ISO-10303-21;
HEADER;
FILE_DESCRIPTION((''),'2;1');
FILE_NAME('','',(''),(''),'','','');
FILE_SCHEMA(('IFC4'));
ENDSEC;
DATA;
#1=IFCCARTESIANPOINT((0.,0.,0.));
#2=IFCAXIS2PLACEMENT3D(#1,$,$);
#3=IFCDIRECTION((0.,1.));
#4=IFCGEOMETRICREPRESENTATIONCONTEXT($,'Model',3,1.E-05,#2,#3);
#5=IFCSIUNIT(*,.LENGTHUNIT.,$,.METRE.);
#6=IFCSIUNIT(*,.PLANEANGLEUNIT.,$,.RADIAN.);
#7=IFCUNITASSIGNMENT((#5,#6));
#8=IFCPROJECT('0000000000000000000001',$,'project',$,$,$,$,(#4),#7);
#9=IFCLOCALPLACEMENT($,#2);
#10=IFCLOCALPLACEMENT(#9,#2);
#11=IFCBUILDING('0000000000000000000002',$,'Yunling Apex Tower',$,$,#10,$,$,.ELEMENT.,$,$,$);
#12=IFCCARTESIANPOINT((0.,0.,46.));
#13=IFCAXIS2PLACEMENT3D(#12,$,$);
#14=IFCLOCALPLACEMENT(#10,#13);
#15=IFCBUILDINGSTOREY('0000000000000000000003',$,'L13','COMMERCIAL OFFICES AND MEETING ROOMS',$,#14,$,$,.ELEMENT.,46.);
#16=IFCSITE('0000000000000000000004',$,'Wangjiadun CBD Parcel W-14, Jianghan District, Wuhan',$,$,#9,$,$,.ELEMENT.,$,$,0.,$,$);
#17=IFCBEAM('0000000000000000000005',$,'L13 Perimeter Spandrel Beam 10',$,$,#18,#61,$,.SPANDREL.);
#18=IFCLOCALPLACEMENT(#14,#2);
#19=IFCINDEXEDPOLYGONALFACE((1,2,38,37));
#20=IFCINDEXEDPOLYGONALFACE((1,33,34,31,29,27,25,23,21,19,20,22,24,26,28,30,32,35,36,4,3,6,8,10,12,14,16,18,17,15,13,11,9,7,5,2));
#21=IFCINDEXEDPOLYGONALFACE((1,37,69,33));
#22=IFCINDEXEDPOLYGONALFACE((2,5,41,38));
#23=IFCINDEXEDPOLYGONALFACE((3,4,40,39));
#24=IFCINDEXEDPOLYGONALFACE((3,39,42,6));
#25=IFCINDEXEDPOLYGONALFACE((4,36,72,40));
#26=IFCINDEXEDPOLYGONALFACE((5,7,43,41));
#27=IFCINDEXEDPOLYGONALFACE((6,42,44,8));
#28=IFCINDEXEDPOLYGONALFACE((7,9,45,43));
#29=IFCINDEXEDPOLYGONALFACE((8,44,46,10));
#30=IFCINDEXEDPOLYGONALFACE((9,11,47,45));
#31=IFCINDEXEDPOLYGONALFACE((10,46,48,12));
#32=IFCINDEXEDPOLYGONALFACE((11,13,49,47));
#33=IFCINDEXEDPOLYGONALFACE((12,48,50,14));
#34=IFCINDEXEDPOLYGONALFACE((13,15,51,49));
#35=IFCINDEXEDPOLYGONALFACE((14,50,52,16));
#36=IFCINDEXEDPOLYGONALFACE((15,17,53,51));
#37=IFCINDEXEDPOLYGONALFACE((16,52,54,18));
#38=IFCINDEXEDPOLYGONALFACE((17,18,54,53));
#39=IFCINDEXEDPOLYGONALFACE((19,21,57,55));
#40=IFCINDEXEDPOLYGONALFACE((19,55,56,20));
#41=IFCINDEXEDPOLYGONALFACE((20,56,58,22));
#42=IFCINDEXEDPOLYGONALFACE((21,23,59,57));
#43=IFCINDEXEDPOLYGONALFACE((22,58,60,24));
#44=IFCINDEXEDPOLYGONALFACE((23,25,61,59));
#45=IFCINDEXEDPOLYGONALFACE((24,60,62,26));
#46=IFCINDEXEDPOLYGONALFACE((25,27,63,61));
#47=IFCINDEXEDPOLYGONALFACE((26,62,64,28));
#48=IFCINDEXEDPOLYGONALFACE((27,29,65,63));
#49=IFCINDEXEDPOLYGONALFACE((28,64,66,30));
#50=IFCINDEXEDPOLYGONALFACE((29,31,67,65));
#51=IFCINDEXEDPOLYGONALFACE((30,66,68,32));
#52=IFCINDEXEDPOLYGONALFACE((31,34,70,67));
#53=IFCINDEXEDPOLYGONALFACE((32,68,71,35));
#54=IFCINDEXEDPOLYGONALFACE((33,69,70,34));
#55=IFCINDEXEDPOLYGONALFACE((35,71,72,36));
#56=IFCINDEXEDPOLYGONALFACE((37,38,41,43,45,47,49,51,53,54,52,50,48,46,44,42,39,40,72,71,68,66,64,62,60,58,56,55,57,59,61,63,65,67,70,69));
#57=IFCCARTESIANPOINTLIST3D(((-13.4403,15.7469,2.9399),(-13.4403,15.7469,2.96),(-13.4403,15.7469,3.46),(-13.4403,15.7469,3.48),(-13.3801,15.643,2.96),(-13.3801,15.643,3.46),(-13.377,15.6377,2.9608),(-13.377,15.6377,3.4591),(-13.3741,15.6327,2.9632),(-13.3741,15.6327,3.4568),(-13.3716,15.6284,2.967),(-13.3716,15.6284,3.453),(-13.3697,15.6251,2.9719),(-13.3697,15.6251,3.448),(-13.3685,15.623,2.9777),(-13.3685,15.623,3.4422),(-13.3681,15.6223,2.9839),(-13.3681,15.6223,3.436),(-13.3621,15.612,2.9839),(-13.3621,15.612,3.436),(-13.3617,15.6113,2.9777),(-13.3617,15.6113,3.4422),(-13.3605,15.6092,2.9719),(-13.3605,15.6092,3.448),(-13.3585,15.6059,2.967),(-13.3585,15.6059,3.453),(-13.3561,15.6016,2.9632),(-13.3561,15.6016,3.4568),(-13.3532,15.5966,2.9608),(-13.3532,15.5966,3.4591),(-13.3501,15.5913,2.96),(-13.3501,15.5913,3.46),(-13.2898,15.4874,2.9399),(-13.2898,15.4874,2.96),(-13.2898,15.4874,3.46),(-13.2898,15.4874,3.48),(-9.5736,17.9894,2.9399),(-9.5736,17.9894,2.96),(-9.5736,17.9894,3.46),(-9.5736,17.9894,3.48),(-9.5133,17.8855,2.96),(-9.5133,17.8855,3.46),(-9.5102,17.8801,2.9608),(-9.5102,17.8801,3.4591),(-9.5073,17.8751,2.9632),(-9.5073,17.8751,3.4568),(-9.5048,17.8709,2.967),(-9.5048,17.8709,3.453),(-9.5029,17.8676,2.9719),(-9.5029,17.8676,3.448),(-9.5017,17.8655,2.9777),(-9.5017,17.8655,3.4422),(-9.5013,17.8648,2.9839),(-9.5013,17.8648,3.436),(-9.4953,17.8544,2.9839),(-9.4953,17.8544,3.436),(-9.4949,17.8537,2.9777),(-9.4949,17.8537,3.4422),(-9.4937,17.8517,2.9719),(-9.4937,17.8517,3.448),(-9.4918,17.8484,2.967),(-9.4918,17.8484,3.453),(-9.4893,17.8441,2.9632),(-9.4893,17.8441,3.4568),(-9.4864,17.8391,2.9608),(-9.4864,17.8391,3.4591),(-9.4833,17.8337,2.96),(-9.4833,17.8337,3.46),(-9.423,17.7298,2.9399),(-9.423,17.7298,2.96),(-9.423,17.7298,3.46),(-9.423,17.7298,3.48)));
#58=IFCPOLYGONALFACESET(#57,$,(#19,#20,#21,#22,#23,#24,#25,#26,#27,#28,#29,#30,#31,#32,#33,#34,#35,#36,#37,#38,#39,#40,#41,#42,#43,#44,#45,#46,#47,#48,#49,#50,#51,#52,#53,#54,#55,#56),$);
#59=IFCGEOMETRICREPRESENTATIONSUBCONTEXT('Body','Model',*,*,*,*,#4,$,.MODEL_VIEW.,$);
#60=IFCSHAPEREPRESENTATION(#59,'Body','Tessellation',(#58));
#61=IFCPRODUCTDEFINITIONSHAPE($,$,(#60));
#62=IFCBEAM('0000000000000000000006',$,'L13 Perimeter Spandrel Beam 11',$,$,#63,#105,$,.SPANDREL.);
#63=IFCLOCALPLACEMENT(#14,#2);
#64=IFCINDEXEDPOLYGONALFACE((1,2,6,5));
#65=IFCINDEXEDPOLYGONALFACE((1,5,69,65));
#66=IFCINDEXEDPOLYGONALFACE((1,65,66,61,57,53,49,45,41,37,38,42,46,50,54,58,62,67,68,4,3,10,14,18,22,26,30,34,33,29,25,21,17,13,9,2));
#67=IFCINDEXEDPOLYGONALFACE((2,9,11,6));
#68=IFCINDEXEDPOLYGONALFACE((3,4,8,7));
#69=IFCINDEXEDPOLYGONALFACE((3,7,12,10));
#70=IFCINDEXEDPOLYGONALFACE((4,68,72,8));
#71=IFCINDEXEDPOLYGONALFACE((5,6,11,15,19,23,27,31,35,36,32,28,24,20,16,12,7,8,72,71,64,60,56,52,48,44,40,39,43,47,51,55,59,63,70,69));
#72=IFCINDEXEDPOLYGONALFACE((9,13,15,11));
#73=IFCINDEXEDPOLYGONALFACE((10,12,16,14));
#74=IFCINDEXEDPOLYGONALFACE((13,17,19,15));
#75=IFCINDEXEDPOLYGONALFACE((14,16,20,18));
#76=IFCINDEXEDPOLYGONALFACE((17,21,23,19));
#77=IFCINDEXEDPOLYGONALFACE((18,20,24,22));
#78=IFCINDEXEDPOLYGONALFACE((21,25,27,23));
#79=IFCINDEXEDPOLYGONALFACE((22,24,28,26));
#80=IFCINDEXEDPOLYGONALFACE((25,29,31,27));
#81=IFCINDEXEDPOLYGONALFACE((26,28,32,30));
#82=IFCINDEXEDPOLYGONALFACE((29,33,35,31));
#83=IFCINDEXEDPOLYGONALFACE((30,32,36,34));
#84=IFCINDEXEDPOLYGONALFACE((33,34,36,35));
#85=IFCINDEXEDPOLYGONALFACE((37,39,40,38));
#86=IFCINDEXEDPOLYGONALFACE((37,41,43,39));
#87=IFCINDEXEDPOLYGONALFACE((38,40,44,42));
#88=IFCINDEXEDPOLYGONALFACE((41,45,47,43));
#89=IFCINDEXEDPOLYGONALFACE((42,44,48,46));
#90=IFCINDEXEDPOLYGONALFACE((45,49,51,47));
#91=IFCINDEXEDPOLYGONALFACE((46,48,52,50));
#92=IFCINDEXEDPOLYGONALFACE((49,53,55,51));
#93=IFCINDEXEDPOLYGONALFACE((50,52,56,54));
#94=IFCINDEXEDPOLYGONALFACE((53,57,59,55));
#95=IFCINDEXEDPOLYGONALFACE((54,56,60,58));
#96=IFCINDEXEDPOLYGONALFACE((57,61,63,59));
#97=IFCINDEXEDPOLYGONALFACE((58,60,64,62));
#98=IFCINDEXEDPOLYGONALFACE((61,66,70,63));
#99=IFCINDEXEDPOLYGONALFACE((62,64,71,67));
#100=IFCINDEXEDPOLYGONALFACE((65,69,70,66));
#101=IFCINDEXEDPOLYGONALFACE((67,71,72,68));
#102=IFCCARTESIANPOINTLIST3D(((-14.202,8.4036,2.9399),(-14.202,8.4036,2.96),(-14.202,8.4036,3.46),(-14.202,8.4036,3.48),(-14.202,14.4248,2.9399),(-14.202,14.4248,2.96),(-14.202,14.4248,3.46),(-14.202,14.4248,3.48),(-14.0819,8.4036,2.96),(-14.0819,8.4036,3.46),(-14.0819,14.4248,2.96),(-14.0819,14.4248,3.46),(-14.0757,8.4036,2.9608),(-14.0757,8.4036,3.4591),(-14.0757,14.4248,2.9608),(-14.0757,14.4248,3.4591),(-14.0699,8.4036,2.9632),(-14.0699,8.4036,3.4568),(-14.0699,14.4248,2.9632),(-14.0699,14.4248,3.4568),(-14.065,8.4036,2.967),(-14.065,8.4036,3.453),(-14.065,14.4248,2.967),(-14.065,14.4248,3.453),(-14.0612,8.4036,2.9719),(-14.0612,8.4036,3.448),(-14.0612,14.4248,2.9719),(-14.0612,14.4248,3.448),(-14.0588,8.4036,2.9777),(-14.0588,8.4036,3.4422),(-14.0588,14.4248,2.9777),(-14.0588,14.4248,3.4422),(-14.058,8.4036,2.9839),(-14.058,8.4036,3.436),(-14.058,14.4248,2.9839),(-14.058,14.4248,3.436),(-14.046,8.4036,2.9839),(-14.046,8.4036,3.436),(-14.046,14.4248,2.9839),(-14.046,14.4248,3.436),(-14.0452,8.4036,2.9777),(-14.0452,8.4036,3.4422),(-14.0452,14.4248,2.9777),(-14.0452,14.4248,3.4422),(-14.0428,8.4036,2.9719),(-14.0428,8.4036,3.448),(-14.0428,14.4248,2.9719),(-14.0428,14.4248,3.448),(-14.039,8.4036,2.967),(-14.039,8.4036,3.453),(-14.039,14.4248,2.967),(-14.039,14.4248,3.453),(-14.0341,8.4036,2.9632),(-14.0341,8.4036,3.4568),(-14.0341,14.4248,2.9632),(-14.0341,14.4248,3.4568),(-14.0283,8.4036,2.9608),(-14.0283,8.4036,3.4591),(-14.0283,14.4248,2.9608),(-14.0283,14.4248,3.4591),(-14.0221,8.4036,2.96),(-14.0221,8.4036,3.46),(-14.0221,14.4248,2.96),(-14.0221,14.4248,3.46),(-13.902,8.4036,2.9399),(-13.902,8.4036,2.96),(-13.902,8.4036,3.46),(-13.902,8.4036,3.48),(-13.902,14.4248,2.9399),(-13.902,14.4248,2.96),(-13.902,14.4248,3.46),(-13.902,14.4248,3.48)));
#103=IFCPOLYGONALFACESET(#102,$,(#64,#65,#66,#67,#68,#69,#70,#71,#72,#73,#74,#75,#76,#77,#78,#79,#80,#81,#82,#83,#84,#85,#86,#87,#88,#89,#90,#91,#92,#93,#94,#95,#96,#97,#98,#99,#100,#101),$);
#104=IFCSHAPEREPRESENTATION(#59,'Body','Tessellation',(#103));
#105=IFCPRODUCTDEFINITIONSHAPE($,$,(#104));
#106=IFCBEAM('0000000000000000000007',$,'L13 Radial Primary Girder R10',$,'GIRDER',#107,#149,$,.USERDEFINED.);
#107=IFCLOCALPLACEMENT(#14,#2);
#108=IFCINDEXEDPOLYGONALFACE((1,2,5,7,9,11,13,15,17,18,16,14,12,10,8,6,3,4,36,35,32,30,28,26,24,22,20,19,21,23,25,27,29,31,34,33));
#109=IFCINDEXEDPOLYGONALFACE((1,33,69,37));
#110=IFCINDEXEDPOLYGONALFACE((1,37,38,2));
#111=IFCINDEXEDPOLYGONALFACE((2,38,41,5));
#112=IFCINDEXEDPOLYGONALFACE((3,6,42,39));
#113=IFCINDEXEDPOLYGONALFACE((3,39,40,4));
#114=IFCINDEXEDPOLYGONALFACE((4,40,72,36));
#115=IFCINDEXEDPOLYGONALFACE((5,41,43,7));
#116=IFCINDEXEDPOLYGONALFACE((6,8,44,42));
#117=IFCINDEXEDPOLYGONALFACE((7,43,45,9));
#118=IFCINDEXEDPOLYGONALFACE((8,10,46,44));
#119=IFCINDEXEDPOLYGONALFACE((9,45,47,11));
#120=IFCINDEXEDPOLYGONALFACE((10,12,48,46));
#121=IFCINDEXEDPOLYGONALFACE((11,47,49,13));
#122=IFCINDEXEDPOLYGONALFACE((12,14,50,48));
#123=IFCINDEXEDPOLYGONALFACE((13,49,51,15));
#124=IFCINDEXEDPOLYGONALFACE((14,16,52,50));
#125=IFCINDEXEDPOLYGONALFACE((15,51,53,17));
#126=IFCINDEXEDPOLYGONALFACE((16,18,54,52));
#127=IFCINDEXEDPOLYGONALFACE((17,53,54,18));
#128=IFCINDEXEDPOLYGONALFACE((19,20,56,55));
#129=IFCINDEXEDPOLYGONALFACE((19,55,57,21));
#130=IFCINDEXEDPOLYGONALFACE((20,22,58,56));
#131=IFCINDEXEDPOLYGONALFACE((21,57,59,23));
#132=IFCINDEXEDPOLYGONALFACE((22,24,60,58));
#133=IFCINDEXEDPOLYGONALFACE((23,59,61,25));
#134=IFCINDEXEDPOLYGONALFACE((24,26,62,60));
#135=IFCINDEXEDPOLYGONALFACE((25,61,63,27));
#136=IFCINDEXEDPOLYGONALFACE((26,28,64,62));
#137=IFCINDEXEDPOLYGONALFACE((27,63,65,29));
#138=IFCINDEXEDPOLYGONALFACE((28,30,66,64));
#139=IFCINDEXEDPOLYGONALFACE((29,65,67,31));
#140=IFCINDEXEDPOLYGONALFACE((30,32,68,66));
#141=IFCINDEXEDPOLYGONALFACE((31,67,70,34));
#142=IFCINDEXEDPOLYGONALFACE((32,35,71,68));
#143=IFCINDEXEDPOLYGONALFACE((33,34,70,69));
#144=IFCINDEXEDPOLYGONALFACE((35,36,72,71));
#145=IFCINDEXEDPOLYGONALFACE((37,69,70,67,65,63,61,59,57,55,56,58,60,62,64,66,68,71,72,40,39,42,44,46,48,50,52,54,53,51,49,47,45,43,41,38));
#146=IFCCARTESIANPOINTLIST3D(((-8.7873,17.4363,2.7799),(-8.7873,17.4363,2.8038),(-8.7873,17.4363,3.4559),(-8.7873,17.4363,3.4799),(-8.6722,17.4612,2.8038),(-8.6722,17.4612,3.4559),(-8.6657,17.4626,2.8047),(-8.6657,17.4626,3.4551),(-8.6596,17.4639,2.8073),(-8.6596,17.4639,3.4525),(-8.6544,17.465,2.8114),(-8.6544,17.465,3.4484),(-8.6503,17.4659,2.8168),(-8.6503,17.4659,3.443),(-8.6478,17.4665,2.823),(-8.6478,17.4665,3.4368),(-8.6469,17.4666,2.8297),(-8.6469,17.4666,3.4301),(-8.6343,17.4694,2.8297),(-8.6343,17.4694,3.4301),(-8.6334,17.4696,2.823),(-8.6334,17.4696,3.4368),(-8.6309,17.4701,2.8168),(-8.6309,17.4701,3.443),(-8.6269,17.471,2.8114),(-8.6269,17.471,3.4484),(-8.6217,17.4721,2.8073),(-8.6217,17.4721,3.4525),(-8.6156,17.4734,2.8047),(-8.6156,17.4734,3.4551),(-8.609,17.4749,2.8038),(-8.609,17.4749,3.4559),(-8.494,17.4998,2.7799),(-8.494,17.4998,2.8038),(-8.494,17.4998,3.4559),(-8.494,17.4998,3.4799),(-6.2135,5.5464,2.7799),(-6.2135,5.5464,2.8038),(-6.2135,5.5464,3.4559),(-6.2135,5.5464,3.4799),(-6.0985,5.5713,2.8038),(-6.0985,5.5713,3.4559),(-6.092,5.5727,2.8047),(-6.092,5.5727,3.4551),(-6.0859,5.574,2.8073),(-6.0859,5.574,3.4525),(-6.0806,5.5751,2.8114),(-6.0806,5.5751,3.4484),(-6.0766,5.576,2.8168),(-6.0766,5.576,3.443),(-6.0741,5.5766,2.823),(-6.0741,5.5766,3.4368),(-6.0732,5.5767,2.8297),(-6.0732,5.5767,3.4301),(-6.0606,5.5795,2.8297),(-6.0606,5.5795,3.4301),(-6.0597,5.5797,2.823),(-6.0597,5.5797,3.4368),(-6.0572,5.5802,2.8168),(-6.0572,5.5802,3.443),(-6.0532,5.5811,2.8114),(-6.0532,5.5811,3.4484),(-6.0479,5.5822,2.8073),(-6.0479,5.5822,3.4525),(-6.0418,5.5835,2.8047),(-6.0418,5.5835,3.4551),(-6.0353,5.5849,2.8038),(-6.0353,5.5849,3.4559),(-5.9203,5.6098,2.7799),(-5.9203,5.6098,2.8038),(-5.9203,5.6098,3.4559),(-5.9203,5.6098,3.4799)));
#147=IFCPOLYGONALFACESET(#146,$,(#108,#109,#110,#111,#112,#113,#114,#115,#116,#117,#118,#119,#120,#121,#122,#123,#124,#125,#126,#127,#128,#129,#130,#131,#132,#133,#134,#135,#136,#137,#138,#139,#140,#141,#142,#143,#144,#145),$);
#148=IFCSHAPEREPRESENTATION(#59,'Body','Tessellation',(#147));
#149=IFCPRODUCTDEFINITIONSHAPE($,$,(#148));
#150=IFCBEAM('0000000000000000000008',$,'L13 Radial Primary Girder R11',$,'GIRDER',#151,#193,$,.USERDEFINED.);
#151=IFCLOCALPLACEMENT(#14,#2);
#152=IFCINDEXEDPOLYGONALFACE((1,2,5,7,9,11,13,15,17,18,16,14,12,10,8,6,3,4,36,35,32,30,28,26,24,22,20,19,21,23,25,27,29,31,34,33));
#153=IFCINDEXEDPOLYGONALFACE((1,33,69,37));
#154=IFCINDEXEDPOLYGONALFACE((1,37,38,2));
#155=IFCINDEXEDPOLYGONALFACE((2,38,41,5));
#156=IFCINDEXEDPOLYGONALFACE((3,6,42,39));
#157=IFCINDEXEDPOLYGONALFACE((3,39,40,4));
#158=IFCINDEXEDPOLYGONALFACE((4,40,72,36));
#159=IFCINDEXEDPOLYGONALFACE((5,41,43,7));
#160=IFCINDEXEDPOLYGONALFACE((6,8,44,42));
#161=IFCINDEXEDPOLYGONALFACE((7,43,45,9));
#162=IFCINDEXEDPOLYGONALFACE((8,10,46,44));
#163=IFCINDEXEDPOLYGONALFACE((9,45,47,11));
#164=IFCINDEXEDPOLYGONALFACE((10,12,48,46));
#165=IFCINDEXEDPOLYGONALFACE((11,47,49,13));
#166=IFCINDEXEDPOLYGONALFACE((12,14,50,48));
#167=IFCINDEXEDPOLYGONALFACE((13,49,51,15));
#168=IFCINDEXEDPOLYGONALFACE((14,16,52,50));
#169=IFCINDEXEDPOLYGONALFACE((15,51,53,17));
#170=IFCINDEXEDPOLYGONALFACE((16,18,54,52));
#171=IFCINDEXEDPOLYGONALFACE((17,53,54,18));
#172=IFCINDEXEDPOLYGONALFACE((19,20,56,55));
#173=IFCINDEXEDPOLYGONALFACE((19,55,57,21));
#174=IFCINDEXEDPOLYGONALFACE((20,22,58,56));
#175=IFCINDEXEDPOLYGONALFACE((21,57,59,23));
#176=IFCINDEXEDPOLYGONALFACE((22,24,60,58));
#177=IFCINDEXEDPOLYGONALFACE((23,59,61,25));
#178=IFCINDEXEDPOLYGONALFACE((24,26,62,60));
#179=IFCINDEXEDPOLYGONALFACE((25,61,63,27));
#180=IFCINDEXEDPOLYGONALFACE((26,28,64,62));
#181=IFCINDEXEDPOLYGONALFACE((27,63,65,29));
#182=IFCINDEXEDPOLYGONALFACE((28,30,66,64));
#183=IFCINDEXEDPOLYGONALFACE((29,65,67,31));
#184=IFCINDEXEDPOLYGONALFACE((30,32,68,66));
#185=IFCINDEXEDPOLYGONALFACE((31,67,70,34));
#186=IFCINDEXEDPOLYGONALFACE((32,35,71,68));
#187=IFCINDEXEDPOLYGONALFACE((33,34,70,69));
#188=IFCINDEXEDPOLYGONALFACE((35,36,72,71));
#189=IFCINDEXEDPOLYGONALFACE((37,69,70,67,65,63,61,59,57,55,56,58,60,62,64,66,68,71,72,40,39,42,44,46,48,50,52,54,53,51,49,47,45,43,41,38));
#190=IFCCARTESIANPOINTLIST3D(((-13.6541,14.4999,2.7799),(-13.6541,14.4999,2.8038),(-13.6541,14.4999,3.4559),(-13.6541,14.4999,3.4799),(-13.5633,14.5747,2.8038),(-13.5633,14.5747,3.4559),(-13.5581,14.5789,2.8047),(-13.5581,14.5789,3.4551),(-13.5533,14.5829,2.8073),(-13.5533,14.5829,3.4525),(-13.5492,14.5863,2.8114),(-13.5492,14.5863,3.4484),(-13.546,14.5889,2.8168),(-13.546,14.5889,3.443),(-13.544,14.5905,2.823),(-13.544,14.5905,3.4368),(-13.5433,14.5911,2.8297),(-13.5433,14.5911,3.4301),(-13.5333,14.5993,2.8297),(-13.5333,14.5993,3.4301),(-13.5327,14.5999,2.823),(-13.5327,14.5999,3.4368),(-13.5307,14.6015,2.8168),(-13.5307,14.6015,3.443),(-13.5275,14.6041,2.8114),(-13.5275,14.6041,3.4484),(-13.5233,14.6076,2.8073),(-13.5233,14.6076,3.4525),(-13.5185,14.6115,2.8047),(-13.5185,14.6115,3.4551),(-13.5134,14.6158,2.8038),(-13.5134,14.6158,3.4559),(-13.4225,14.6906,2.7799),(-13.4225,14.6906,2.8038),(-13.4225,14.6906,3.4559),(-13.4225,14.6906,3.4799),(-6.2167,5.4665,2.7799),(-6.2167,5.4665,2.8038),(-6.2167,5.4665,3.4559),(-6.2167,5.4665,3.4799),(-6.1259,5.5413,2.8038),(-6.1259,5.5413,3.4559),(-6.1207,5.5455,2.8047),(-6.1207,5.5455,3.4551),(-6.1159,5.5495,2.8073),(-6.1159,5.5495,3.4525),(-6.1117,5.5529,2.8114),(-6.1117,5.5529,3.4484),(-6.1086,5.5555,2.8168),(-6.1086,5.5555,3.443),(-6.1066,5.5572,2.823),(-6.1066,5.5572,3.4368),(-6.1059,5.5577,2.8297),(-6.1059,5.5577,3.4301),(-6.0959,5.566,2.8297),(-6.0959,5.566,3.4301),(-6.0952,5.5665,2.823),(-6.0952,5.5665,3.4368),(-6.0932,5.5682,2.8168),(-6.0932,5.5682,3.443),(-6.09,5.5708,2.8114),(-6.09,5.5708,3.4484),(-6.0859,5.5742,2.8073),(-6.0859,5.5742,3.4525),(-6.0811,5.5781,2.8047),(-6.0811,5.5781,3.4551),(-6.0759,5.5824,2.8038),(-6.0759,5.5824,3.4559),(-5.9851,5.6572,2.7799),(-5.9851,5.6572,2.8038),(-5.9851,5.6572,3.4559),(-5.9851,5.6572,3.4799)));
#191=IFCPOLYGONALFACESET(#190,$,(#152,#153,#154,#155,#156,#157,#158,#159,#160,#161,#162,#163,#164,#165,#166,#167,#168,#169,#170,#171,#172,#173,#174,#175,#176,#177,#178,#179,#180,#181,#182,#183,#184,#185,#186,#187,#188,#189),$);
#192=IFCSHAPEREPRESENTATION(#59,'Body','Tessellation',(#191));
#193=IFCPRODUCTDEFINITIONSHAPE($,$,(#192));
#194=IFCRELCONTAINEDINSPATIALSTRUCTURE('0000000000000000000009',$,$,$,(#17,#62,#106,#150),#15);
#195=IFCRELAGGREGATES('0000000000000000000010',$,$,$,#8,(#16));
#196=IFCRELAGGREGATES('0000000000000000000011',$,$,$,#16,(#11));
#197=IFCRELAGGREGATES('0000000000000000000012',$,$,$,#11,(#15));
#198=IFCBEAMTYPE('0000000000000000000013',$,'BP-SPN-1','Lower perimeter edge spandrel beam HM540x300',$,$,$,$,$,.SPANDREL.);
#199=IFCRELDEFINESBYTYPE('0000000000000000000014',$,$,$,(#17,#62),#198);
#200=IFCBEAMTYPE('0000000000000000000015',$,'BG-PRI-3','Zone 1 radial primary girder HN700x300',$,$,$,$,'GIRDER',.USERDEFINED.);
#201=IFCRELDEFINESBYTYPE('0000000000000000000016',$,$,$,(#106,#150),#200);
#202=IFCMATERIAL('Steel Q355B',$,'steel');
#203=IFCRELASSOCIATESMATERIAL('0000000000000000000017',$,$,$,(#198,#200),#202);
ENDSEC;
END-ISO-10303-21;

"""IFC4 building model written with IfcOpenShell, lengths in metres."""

from ifc_helpers import new_model, si_unit, direction, frame, origin, origin_2d, place, context, subcontext, project, spatial, i_section, extrude, source, transform, mapped, material, material_profile, profile_set, type_object, element, save


model = new_model("IFC4")

# Units and contexts
model_context = context("Model", 3, precision=1e-05, world=origin(), true_north=direction((0.0, 1.0)))
body_context = subcontext(model_context, "Body", "Model", "MODEL_VIEW")
ifc_project = project(units=[si_unit("LENGTHUNIT", "METRE"), si_unit("PLANEANGLEUNIT", "RADIAN")], contexts=[model_context])

# Site, building, storey
site_placement = place(None, origin())
site = spatial("IfcSite", under=ifc_project, at=site_placement, Name="Wangjiadun CBD Parcel W-14, Jianghan District, Wuhan", CompositionType="ELEMENT", RefElevation=0.0)
building_placement = place(site_placement, origin())
building = spatial("IfcBuilding", under=site, at=building_placement, Name="Yunling Apex Tower", CompositionType="ELEMENT")
storey_placement = place(building_placement, frame((0.0, 0.0, 46.0)))
storey = spatial("IfcBuildingStorey", under=building, at=storey_placement, Name="L13", Description="COMMERCIAL OFFICES AND MEETING ROOMS", CompositionType="ELEMENT", Elevation=46.0)

# Beams
ifc_material_1 = material(Name="Steel Q355B", Category="steel")
ifc_material_profile_1 = material_profile(ifc_material_1, i_section(OverallWidth=0.3, OverallDepth=0.54, WebThickness=0.012, FlangeThickness=0.02, FilletRadius=0.0239, at=origin_2d()))
ifc_profile_set_1 = profile_set([ifc_material_profile_1], Name="Steel Q355B")
beam_type_1 = type_object("IfcBeamType", Name="BP-SPN-1", Description="Lower perimeter edge spandrel beam HM540x300", PredefinedType="SPANDREL", material=ifc_profile_set_1)
shared_shape_1 = source(origin(), body_context, "Body", "SweptSolid", [
    extrude(i_section(OverallWidth=0.3, OverallDepth=0.54, WebThickness=0.012, FlangeThickness=0.02, FilletRadius=0.0239, at=origin_2d()), origin(), (0.0, 0.0, 1.0), 4.47),
])
beam_1_placement = place(storey_placement, frame((-9.4983, 17.8596, 3.21), z_axis=(-0.865056, -0.501676, 0.0), x_axis=(0.501676, -0.865056, 0.0)))
element("IfcBeam", 1, at=beam_1_placement, inside=storey, type_object=beam_type_1, Name="L13 Perimeter Spandrel Beam 10", PredefinedType="SPANDREL", context=body_context, shape_type="MappedRepresentation", body=[
    mapped(shared_shape_1, transform((0.0, 0.0, 0.0), scale=1.0)),
])
shared_shape_2 = source(origin(), body_context, "Body", "SweptSolid", [
    extrude(i_section(OverallWidth=0.3, OverallDepth=0.54, WebThickness=0.012, FlangeThickness=0.02, FilletRadius=0.0239, at=origin_2d()), origin(), (0.0, 0.0, 1.0), 6.0212),
])
beam_2_placement = place(storey_placement, frame((-14.052, 14.4248, 3.21), z_axis=(0.0, -1.0, 0.0), x_axis=(1.0, 0.0, 0.0)))
element("IfcBeam", 2, at=beam_2_placement, inside=storey, type_object=beam_type_1, Name="L13 Perimeter Spandrel Beam 11", PredefinedType="SPANDREL", context=body_context, shape_type="MappedRepresentation", body=[
    mapped(shared_shape_2, transform((0.0, 0.0, 0.0), scale=1.0)),
])
ifc_material_profile_2 = material_profile(ifc_material_1, i_section(OverallWidth=0.3, OverallDepth=0.7, WebThickness=0.0129, FlangeThickness=0.0239, FilletRadius=0.0259, at=origin_2d()))
ifc_profile_set_2 = profile_set([ifc_material_profile_2], Name="Steel Q355B")
beam_type_2 = type_object("IfcBeamType", Name="BG-PRI-3", Description="Zone 1 radial primary girder HN700x300", ElementType="GIRDER", PredefinedType="USERDEFINED", material=ifc_profile_set_2)
shared_shape_3 = source(origin(), body_context, "Body", "SweptSolid", [
    extrude(i_section(OverallWidth=0.3, OverallDepth=0.7, WebThickness=0.0129, FlangeThickness=0.0239, FilletRadius=0.0259, at=origin_2d()), origin(), (0.0, 0.0, 1.0), 12.1653),
])
beam_3_placement = place(storey_placement, frame((-8.6406, 17.468, 3.1299), z_axis=(0.211564, -0.977364, 0.0), x_axis=(0.977364, 0.211564, 0.0)))
element("IfcBeam", 3, at=beam_3_placement, inside=storey, type_object=beam_type_2, Name="L13 Radial Primary Girder R10", ObjectType="GIRDER", PredefinedType="USERDEFINED", context=body_context, shape_type="MappedRepresentation", body=[
    mapped(shared_shape_3, transform((0.0, 0.0, 0.0), scale=1.0)),
])
shared_shape_4 = source(origin(), body_context, "Body", "SweptSolid", [
    extrude(i_section(OverallWidth=0.3, OverallDepth=0.7, WebThickness=0.0129, FlangeThickness=0.0239, FilletRadius=0.0259, at=origin_2d()), origin(), (0.0, 0.0, 1.0), 11.7012),
])
beam_4_placement = place(storey_placement, frame((-13.5383, 14.5952, 3.1299), z_axis=(0.635615, -0.772006, 0.0), x_axis=(0.772006, 0.635615, 0.0)))
element("IfcBeam", 4, at=beam_4_placement, inside=storey, type_object=beam_type_2, Name="L13 Radial Primary Girder R11", ObjectType="GIRDER", PredefinedType="USERDEFINED", context=body_context, shape_type="MappedRepresentation", body=[
    mapped(shared_shape_4, transform((0.0, 0.0, 0.0), scale=1.0)),
])

save(model, "model.ifc")
